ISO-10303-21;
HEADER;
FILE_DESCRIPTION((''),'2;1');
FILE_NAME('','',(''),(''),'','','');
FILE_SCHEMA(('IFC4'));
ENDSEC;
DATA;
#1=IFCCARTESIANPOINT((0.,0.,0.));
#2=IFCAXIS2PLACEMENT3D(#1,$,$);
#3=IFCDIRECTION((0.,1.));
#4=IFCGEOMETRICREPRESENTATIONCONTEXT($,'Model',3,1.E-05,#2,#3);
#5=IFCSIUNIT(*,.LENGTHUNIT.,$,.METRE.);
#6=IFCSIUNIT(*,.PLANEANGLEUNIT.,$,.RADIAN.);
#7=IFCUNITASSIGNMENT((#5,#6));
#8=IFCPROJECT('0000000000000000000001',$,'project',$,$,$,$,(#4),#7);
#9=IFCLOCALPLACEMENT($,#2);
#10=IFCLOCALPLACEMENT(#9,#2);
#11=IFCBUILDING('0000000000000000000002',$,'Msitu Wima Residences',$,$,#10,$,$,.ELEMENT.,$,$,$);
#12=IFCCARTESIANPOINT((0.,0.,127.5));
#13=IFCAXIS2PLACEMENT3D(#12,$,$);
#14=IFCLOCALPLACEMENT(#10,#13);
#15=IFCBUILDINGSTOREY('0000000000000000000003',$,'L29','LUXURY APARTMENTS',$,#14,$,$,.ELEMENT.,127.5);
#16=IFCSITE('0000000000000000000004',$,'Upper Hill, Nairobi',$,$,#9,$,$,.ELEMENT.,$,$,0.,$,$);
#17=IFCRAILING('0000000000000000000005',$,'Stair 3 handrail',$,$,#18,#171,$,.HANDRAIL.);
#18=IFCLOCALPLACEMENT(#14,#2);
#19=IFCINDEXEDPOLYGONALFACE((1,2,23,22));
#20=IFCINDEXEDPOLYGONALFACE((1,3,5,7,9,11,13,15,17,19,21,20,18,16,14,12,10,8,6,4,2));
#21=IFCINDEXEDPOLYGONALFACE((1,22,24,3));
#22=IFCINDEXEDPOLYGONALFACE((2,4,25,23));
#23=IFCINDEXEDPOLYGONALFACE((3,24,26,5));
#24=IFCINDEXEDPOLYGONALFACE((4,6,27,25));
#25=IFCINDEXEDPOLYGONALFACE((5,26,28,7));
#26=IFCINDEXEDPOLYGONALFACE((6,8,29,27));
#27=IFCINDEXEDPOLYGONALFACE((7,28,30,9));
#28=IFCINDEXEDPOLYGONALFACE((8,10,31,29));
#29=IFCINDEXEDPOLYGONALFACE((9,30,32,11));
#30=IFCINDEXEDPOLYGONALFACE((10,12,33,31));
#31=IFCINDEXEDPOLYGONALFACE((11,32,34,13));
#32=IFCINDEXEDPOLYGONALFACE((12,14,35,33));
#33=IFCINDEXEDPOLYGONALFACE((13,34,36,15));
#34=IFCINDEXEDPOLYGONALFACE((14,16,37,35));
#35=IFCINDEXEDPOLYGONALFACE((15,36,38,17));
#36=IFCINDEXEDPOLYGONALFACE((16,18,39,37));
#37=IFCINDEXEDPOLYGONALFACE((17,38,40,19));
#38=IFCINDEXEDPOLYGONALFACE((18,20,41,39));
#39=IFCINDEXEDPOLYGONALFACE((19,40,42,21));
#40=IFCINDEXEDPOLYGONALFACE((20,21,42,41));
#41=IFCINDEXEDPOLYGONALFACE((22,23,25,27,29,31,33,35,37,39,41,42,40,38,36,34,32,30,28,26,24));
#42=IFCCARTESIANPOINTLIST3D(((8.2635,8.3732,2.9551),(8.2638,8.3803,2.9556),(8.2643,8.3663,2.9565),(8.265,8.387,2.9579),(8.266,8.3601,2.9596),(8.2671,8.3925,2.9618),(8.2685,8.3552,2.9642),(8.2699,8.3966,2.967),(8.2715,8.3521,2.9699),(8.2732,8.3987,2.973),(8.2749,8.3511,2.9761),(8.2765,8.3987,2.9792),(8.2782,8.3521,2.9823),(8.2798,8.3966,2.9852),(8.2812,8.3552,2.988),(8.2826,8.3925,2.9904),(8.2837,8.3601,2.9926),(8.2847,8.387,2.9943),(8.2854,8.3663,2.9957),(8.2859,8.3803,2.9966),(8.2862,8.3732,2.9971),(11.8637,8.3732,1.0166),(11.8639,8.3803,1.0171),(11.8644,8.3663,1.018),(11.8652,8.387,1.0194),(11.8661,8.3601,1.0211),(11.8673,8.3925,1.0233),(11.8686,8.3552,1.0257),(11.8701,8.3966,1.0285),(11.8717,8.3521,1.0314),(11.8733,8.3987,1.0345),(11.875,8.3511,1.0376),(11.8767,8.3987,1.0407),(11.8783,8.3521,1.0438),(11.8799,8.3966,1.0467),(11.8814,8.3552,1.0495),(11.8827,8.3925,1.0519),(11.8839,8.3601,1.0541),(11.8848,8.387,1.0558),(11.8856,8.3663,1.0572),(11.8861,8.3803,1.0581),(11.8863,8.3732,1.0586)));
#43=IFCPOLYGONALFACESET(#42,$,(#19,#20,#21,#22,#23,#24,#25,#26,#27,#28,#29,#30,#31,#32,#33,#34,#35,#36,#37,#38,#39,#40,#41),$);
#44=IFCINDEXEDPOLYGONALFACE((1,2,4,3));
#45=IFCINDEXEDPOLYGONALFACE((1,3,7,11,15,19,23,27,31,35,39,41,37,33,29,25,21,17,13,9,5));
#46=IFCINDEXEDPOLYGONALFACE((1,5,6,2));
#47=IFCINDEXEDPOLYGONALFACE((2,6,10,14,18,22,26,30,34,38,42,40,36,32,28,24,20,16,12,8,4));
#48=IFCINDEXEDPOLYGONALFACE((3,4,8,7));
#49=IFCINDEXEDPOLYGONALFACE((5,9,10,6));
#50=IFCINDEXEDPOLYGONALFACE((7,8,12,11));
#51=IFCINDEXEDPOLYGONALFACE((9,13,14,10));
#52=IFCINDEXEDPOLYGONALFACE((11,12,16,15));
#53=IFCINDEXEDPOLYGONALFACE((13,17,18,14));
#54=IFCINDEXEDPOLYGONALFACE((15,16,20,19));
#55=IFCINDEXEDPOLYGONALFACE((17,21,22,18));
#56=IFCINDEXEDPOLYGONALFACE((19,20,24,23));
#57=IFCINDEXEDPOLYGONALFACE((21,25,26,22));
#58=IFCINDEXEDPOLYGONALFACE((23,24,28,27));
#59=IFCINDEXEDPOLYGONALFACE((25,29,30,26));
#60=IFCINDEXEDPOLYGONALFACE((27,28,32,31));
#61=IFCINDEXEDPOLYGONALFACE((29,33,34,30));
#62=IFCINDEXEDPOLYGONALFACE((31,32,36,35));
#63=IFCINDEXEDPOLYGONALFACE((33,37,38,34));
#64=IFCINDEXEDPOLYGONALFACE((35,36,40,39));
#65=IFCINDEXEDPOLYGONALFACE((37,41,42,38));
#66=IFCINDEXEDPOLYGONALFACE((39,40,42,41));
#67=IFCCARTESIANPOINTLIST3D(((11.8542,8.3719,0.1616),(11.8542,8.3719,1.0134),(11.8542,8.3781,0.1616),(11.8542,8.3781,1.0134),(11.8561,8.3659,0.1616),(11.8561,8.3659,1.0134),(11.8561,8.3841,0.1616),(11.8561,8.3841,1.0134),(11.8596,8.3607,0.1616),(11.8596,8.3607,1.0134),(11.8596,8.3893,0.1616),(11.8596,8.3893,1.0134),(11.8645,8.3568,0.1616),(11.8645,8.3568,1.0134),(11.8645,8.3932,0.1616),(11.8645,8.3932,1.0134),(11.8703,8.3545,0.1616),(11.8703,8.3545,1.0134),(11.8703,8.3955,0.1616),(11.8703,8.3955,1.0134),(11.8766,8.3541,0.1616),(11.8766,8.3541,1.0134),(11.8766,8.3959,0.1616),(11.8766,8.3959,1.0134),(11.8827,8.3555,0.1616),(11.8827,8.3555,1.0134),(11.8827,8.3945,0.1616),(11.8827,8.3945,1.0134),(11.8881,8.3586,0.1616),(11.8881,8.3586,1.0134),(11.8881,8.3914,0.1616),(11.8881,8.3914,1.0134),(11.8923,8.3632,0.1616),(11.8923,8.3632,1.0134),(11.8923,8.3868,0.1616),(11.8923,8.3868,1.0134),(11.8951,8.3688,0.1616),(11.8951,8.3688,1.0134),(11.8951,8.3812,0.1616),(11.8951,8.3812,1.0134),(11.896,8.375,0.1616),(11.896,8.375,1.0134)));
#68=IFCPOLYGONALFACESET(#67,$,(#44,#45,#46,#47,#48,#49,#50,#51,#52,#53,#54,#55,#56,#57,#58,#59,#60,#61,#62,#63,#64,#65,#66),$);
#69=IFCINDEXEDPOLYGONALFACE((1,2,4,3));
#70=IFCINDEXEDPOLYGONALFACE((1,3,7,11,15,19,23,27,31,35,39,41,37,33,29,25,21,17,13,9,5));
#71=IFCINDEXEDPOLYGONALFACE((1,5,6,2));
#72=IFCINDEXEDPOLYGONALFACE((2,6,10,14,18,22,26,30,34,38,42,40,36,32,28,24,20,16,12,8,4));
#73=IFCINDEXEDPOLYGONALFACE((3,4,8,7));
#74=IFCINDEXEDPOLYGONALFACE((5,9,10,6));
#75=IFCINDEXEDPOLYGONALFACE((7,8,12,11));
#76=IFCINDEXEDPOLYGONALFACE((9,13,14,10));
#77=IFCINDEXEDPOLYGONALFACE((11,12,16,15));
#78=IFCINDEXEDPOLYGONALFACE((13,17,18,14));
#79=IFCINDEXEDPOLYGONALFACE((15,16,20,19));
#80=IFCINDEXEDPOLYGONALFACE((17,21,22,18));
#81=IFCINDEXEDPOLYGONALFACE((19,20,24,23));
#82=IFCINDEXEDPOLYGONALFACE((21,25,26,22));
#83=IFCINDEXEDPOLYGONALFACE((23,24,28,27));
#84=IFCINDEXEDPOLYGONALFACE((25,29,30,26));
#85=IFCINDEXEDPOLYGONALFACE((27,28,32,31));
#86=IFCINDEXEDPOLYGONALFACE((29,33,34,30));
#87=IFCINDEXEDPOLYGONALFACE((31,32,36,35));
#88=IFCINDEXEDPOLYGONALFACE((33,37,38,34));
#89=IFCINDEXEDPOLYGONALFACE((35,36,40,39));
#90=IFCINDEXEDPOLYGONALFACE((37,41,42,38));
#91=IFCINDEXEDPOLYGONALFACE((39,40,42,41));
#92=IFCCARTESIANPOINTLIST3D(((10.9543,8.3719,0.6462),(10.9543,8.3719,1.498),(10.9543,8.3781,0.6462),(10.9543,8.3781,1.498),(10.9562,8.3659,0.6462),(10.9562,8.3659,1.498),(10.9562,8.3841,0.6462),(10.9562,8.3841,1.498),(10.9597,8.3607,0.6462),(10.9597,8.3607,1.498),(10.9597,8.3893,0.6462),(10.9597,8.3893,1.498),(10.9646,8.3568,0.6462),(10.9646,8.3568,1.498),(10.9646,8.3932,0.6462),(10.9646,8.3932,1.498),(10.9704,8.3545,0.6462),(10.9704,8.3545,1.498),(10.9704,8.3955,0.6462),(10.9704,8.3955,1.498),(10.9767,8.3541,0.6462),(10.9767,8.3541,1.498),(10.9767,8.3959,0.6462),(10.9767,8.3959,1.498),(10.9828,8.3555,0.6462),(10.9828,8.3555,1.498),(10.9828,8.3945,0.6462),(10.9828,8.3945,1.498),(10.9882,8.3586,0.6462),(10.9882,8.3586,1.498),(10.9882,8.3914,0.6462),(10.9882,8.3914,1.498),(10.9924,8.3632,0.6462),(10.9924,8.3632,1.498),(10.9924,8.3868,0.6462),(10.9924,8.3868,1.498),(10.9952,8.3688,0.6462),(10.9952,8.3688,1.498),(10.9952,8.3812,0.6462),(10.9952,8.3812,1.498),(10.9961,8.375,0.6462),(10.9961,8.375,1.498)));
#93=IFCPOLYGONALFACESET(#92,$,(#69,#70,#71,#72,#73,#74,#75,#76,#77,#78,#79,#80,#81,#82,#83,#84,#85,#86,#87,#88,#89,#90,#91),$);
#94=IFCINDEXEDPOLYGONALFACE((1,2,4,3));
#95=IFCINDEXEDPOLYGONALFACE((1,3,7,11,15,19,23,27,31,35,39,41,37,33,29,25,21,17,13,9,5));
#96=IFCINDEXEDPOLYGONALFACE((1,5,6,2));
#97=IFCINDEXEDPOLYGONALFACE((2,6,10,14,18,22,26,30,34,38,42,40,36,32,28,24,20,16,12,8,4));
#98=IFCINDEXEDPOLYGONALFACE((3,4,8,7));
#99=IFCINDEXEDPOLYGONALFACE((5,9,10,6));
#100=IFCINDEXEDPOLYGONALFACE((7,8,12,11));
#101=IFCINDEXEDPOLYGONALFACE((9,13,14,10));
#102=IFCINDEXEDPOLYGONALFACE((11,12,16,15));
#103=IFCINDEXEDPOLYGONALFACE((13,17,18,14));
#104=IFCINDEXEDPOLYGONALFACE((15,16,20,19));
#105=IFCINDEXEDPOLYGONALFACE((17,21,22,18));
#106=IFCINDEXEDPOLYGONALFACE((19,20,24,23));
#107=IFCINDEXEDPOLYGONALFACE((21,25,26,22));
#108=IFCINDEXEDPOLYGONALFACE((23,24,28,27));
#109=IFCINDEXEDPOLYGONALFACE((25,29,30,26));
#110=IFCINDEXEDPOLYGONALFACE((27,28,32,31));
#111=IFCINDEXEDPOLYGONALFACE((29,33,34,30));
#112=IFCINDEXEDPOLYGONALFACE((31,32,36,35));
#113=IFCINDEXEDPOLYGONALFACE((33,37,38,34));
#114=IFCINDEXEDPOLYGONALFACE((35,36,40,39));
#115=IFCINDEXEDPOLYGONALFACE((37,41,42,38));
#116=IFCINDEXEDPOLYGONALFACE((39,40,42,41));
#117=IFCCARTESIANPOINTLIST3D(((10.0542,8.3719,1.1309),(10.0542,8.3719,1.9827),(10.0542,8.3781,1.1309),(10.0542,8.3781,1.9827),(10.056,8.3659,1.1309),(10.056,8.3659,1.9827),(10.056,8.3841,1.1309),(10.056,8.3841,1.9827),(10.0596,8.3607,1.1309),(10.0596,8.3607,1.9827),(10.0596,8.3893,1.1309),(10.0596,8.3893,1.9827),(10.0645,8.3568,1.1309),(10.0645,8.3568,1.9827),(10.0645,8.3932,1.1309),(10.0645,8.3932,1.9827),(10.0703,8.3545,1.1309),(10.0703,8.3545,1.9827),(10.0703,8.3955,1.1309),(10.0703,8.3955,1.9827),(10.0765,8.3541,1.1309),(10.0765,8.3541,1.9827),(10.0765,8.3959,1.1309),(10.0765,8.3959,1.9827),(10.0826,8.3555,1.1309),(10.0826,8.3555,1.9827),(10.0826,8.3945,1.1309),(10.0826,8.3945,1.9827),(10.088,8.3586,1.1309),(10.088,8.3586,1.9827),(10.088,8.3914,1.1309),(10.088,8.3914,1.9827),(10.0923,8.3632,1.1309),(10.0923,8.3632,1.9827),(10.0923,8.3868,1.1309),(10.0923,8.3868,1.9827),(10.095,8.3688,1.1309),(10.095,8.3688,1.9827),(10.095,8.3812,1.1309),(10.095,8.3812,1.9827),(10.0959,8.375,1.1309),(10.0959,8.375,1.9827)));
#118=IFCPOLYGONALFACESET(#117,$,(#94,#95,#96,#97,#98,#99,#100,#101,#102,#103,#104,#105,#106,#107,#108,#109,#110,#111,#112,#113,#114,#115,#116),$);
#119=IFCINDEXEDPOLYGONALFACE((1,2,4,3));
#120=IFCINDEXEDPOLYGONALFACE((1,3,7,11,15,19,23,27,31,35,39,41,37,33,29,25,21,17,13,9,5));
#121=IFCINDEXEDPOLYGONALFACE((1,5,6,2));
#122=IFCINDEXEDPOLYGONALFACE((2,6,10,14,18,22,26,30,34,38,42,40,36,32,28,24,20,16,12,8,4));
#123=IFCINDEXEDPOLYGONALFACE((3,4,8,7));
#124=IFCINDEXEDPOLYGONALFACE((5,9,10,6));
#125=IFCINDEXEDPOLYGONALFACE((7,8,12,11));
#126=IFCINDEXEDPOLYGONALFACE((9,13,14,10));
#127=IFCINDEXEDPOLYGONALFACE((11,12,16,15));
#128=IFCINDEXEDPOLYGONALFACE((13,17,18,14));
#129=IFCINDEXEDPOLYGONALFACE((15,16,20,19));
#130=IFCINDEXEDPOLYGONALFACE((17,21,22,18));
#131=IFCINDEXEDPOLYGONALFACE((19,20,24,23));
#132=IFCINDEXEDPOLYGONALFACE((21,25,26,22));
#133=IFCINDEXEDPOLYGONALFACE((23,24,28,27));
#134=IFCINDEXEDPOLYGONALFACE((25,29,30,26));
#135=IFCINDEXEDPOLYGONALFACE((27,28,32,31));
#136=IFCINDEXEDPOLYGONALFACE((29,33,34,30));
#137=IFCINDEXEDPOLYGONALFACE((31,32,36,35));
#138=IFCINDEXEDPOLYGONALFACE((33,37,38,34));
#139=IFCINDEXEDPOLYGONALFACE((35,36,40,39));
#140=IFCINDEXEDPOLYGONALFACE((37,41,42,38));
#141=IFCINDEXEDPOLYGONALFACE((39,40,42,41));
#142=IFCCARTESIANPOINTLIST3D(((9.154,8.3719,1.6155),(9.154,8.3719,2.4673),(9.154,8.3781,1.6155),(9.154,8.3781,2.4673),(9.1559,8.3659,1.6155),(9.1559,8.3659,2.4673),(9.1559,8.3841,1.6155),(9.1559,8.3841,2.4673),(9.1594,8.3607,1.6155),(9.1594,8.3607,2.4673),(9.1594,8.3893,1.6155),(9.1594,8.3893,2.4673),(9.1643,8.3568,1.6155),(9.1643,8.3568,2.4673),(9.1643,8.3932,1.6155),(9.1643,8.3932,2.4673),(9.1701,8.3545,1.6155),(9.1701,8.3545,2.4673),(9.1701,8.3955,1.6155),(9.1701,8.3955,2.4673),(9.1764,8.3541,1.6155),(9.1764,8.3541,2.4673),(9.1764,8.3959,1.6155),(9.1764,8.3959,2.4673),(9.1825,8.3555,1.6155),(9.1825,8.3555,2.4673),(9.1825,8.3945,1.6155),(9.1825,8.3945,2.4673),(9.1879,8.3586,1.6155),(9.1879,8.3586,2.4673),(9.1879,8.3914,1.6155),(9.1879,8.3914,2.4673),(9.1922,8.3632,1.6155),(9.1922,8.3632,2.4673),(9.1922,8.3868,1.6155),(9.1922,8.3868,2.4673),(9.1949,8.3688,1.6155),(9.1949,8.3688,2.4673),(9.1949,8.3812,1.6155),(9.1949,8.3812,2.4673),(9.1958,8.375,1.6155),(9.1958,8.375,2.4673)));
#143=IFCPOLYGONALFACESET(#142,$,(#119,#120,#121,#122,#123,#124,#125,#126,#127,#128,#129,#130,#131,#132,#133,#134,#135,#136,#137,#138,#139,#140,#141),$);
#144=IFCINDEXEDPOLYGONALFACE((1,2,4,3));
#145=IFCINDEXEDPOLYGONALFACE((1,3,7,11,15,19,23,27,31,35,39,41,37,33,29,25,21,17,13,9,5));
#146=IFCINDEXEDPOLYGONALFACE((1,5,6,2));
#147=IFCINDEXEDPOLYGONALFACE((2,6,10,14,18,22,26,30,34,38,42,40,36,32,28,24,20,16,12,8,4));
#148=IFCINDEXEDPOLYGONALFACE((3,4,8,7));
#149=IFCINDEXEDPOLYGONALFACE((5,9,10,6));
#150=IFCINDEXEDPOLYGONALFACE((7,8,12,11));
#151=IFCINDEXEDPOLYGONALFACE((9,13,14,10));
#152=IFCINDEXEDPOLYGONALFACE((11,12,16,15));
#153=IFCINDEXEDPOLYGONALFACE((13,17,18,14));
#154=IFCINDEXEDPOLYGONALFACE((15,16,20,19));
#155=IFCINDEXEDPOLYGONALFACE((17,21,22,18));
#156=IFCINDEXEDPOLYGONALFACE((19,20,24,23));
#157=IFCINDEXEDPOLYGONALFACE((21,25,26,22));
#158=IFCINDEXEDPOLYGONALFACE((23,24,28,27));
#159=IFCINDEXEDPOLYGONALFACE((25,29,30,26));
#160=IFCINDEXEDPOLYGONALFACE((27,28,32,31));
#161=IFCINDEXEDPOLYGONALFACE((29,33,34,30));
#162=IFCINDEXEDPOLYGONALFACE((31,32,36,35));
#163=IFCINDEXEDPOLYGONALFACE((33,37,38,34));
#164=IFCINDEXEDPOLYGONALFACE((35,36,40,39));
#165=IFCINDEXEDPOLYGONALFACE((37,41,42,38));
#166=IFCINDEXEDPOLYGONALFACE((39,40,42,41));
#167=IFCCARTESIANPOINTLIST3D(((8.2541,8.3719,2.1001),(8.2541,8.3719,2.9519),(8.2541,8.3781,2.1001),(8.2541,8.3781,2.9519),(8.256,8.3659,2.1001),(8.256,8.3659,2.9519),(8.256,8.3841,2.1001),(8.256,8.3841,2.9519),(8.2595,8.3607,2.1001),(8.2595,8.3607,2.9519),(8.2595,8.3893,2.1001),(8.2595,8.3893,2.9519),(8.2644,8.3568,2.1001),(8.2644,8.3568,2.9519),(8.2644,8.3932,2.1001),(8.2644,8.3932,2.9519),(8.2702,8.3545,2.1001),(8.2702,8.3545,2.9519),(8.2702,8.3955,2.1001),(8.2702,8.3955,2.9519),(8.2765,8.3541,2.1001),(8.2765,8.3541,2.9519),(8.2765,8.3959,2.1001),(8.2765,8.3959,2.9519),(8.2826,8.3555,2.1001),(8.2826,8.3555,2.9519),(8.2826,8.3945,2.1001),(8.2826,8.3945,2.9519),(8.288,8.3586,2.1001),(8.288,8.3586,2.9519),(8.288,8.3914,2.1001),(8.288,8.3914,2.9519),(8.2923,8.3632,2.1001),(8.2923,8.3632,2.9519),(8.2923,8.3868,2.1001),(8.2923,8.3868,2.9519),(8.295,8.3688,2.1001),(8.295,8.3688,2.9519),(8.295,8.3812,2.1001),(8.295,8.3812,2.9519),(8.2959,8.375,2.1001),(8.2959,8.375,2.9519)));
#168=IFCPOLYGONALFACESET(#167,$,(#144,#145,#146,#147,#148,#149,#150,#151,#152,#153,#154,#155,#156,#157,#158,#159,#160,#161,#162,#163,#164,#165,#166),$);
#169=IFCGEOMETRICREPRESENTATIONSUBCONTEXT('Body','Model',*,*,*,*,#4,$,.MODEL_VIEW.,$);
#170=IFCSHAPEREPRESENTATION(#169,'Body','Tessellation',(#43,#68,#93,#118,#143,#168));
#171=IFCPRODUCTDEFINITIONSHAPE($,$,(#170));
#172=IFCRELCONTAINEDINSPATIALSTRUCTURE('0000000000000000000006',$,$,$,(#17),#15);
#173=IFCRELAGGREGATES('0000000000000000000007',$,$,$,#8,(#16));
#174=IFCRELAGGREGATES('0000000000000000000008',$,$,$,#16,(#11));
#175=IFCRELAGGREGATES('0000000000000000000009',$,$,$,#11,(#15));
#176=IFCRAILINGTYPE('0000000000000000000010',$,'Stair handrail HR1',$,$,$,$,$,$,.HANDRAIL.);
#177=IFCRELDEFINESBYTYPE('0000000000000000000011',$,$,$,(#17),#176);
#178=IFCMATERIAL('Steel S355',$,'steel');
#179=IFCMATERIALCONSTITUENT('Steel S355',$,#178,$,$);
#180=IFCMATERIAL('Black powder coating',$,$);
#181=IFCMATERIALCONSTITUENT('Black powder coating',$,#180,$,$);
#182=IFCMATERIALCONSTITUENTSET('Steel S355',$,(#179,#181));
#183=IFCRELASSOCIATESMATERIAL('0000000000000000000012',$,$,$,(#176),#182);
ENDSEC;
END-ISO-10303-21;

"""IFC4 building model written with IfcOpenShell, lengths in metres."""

from ifc_helpers import new_model, si_unit, direction, frame, origin, origin_2d, place, context, subcontext, project, spatial, circle, extrude, material, constituent, constituent_set, type_object, element, save


model = new_model("IFC4")

# Units and contexts
model_context = context("Model", 3, precision=1e-05, world=origin(), true_north=direction((0.0, 1.0)))
body_context = subcontext(model_context, "Body", "Model", "MODEL_VIEW")
ifc_project = project(units=[si_unit("LENGTHUNIT", "METRE"), si_unit("PLANEANGLEUNIT", "RADIAN")], contexts=[model_context])

# Site, building, storey
site_placement = place(None, origin())
site = spatial("IfcSite", under=ifc_project, at=site_placement, Name="Upper Hill, Nairobi", CompositionType="ELEMENT", RefElevation=0.0)
building_placement = place(site_placement, origin())
building = spatial("IfcBuilding", under=site, at=building_placement, Name="Msitu Wima Residences", CompositionType="ELEMENT")
storey_placement = place(building_placement, frame((0.0, 0.0, 127.5)))
storey = spatial("IfcBuildingStorey", under=building, at=storey_placement, Name="L29", Description="LUXURY APARTMENTS", CompositionType="ELEMENT", Elevation=127.5)

# Railing
ifc_material_1 = material(Name="Steel S355", Category="steel")
ifc_constituent_1 = constituent(ifc_material_1, Name="Steel S355")
ifc_material_2 = material(Name="Black powder coating")
ifc_constituent_2 = constituent(ifc_material_2, Name="Black powder coating")
ifc_constituent_set = constituent_set(constituents=[ifc_constituent_1, ifc_constituent_2], Name="Steel S355")
railing_type = type_object("IfcRailingType", Name="Stair handrail HR1", PredefinedType="HANDRAIL", material=ifc_constituent_set)
for number, where, name in (
    (1, (11.875, 8.375, 0.1616), "Stair 3 handrail"),
):
    element("IfcRailing", number, at=place(storey_placement, frame(where)), inside=storey, type_object=railing_type, Name=name, PredefinedType="HANDRAIL", context=body_context, shape_type="SweptSolid", body=[
        extrude(circle(Radius=0.0239, at=origin_2d()), frame((0.0, 0.0, 0.876), z_axis=(-0.880475, 0.0, 0.474093), x_axis=(0.0, -1.0, 0.0)), (0.0, 0.0, 1.0), 4.0889),
        extrude(circle(Radius=0.021, at=origin_2d()), origin(), (0.0, 0.0, 1.0), 0.8518),
        extrude(circle(Radius=0.021, at=origin_2d()), frame((-0.8999, 0.0, 0.4846)), (0.0, 0.0, 1.0), 0.8518),
        extrude(circle(Radius=0.021, at=origin_2d()), frame((-1.8, 0.0, 0.9692)), (0.0, 0.0, 1.0), 0.8518),
        extrude(circle(Radius=0.021, at=origin_2d()), frame((-2.7002, 0.0, 1.4539)), (0.0, 0.0, 1.0), 0.8518),
        extrude(circle(Radius=0.021, at=origin_2d()), frame((-3.6001, 0.0, 1.9385)), (0.0, 0.0, 1.0), 0.8518),
    ])

save(model, "model.ifc")
